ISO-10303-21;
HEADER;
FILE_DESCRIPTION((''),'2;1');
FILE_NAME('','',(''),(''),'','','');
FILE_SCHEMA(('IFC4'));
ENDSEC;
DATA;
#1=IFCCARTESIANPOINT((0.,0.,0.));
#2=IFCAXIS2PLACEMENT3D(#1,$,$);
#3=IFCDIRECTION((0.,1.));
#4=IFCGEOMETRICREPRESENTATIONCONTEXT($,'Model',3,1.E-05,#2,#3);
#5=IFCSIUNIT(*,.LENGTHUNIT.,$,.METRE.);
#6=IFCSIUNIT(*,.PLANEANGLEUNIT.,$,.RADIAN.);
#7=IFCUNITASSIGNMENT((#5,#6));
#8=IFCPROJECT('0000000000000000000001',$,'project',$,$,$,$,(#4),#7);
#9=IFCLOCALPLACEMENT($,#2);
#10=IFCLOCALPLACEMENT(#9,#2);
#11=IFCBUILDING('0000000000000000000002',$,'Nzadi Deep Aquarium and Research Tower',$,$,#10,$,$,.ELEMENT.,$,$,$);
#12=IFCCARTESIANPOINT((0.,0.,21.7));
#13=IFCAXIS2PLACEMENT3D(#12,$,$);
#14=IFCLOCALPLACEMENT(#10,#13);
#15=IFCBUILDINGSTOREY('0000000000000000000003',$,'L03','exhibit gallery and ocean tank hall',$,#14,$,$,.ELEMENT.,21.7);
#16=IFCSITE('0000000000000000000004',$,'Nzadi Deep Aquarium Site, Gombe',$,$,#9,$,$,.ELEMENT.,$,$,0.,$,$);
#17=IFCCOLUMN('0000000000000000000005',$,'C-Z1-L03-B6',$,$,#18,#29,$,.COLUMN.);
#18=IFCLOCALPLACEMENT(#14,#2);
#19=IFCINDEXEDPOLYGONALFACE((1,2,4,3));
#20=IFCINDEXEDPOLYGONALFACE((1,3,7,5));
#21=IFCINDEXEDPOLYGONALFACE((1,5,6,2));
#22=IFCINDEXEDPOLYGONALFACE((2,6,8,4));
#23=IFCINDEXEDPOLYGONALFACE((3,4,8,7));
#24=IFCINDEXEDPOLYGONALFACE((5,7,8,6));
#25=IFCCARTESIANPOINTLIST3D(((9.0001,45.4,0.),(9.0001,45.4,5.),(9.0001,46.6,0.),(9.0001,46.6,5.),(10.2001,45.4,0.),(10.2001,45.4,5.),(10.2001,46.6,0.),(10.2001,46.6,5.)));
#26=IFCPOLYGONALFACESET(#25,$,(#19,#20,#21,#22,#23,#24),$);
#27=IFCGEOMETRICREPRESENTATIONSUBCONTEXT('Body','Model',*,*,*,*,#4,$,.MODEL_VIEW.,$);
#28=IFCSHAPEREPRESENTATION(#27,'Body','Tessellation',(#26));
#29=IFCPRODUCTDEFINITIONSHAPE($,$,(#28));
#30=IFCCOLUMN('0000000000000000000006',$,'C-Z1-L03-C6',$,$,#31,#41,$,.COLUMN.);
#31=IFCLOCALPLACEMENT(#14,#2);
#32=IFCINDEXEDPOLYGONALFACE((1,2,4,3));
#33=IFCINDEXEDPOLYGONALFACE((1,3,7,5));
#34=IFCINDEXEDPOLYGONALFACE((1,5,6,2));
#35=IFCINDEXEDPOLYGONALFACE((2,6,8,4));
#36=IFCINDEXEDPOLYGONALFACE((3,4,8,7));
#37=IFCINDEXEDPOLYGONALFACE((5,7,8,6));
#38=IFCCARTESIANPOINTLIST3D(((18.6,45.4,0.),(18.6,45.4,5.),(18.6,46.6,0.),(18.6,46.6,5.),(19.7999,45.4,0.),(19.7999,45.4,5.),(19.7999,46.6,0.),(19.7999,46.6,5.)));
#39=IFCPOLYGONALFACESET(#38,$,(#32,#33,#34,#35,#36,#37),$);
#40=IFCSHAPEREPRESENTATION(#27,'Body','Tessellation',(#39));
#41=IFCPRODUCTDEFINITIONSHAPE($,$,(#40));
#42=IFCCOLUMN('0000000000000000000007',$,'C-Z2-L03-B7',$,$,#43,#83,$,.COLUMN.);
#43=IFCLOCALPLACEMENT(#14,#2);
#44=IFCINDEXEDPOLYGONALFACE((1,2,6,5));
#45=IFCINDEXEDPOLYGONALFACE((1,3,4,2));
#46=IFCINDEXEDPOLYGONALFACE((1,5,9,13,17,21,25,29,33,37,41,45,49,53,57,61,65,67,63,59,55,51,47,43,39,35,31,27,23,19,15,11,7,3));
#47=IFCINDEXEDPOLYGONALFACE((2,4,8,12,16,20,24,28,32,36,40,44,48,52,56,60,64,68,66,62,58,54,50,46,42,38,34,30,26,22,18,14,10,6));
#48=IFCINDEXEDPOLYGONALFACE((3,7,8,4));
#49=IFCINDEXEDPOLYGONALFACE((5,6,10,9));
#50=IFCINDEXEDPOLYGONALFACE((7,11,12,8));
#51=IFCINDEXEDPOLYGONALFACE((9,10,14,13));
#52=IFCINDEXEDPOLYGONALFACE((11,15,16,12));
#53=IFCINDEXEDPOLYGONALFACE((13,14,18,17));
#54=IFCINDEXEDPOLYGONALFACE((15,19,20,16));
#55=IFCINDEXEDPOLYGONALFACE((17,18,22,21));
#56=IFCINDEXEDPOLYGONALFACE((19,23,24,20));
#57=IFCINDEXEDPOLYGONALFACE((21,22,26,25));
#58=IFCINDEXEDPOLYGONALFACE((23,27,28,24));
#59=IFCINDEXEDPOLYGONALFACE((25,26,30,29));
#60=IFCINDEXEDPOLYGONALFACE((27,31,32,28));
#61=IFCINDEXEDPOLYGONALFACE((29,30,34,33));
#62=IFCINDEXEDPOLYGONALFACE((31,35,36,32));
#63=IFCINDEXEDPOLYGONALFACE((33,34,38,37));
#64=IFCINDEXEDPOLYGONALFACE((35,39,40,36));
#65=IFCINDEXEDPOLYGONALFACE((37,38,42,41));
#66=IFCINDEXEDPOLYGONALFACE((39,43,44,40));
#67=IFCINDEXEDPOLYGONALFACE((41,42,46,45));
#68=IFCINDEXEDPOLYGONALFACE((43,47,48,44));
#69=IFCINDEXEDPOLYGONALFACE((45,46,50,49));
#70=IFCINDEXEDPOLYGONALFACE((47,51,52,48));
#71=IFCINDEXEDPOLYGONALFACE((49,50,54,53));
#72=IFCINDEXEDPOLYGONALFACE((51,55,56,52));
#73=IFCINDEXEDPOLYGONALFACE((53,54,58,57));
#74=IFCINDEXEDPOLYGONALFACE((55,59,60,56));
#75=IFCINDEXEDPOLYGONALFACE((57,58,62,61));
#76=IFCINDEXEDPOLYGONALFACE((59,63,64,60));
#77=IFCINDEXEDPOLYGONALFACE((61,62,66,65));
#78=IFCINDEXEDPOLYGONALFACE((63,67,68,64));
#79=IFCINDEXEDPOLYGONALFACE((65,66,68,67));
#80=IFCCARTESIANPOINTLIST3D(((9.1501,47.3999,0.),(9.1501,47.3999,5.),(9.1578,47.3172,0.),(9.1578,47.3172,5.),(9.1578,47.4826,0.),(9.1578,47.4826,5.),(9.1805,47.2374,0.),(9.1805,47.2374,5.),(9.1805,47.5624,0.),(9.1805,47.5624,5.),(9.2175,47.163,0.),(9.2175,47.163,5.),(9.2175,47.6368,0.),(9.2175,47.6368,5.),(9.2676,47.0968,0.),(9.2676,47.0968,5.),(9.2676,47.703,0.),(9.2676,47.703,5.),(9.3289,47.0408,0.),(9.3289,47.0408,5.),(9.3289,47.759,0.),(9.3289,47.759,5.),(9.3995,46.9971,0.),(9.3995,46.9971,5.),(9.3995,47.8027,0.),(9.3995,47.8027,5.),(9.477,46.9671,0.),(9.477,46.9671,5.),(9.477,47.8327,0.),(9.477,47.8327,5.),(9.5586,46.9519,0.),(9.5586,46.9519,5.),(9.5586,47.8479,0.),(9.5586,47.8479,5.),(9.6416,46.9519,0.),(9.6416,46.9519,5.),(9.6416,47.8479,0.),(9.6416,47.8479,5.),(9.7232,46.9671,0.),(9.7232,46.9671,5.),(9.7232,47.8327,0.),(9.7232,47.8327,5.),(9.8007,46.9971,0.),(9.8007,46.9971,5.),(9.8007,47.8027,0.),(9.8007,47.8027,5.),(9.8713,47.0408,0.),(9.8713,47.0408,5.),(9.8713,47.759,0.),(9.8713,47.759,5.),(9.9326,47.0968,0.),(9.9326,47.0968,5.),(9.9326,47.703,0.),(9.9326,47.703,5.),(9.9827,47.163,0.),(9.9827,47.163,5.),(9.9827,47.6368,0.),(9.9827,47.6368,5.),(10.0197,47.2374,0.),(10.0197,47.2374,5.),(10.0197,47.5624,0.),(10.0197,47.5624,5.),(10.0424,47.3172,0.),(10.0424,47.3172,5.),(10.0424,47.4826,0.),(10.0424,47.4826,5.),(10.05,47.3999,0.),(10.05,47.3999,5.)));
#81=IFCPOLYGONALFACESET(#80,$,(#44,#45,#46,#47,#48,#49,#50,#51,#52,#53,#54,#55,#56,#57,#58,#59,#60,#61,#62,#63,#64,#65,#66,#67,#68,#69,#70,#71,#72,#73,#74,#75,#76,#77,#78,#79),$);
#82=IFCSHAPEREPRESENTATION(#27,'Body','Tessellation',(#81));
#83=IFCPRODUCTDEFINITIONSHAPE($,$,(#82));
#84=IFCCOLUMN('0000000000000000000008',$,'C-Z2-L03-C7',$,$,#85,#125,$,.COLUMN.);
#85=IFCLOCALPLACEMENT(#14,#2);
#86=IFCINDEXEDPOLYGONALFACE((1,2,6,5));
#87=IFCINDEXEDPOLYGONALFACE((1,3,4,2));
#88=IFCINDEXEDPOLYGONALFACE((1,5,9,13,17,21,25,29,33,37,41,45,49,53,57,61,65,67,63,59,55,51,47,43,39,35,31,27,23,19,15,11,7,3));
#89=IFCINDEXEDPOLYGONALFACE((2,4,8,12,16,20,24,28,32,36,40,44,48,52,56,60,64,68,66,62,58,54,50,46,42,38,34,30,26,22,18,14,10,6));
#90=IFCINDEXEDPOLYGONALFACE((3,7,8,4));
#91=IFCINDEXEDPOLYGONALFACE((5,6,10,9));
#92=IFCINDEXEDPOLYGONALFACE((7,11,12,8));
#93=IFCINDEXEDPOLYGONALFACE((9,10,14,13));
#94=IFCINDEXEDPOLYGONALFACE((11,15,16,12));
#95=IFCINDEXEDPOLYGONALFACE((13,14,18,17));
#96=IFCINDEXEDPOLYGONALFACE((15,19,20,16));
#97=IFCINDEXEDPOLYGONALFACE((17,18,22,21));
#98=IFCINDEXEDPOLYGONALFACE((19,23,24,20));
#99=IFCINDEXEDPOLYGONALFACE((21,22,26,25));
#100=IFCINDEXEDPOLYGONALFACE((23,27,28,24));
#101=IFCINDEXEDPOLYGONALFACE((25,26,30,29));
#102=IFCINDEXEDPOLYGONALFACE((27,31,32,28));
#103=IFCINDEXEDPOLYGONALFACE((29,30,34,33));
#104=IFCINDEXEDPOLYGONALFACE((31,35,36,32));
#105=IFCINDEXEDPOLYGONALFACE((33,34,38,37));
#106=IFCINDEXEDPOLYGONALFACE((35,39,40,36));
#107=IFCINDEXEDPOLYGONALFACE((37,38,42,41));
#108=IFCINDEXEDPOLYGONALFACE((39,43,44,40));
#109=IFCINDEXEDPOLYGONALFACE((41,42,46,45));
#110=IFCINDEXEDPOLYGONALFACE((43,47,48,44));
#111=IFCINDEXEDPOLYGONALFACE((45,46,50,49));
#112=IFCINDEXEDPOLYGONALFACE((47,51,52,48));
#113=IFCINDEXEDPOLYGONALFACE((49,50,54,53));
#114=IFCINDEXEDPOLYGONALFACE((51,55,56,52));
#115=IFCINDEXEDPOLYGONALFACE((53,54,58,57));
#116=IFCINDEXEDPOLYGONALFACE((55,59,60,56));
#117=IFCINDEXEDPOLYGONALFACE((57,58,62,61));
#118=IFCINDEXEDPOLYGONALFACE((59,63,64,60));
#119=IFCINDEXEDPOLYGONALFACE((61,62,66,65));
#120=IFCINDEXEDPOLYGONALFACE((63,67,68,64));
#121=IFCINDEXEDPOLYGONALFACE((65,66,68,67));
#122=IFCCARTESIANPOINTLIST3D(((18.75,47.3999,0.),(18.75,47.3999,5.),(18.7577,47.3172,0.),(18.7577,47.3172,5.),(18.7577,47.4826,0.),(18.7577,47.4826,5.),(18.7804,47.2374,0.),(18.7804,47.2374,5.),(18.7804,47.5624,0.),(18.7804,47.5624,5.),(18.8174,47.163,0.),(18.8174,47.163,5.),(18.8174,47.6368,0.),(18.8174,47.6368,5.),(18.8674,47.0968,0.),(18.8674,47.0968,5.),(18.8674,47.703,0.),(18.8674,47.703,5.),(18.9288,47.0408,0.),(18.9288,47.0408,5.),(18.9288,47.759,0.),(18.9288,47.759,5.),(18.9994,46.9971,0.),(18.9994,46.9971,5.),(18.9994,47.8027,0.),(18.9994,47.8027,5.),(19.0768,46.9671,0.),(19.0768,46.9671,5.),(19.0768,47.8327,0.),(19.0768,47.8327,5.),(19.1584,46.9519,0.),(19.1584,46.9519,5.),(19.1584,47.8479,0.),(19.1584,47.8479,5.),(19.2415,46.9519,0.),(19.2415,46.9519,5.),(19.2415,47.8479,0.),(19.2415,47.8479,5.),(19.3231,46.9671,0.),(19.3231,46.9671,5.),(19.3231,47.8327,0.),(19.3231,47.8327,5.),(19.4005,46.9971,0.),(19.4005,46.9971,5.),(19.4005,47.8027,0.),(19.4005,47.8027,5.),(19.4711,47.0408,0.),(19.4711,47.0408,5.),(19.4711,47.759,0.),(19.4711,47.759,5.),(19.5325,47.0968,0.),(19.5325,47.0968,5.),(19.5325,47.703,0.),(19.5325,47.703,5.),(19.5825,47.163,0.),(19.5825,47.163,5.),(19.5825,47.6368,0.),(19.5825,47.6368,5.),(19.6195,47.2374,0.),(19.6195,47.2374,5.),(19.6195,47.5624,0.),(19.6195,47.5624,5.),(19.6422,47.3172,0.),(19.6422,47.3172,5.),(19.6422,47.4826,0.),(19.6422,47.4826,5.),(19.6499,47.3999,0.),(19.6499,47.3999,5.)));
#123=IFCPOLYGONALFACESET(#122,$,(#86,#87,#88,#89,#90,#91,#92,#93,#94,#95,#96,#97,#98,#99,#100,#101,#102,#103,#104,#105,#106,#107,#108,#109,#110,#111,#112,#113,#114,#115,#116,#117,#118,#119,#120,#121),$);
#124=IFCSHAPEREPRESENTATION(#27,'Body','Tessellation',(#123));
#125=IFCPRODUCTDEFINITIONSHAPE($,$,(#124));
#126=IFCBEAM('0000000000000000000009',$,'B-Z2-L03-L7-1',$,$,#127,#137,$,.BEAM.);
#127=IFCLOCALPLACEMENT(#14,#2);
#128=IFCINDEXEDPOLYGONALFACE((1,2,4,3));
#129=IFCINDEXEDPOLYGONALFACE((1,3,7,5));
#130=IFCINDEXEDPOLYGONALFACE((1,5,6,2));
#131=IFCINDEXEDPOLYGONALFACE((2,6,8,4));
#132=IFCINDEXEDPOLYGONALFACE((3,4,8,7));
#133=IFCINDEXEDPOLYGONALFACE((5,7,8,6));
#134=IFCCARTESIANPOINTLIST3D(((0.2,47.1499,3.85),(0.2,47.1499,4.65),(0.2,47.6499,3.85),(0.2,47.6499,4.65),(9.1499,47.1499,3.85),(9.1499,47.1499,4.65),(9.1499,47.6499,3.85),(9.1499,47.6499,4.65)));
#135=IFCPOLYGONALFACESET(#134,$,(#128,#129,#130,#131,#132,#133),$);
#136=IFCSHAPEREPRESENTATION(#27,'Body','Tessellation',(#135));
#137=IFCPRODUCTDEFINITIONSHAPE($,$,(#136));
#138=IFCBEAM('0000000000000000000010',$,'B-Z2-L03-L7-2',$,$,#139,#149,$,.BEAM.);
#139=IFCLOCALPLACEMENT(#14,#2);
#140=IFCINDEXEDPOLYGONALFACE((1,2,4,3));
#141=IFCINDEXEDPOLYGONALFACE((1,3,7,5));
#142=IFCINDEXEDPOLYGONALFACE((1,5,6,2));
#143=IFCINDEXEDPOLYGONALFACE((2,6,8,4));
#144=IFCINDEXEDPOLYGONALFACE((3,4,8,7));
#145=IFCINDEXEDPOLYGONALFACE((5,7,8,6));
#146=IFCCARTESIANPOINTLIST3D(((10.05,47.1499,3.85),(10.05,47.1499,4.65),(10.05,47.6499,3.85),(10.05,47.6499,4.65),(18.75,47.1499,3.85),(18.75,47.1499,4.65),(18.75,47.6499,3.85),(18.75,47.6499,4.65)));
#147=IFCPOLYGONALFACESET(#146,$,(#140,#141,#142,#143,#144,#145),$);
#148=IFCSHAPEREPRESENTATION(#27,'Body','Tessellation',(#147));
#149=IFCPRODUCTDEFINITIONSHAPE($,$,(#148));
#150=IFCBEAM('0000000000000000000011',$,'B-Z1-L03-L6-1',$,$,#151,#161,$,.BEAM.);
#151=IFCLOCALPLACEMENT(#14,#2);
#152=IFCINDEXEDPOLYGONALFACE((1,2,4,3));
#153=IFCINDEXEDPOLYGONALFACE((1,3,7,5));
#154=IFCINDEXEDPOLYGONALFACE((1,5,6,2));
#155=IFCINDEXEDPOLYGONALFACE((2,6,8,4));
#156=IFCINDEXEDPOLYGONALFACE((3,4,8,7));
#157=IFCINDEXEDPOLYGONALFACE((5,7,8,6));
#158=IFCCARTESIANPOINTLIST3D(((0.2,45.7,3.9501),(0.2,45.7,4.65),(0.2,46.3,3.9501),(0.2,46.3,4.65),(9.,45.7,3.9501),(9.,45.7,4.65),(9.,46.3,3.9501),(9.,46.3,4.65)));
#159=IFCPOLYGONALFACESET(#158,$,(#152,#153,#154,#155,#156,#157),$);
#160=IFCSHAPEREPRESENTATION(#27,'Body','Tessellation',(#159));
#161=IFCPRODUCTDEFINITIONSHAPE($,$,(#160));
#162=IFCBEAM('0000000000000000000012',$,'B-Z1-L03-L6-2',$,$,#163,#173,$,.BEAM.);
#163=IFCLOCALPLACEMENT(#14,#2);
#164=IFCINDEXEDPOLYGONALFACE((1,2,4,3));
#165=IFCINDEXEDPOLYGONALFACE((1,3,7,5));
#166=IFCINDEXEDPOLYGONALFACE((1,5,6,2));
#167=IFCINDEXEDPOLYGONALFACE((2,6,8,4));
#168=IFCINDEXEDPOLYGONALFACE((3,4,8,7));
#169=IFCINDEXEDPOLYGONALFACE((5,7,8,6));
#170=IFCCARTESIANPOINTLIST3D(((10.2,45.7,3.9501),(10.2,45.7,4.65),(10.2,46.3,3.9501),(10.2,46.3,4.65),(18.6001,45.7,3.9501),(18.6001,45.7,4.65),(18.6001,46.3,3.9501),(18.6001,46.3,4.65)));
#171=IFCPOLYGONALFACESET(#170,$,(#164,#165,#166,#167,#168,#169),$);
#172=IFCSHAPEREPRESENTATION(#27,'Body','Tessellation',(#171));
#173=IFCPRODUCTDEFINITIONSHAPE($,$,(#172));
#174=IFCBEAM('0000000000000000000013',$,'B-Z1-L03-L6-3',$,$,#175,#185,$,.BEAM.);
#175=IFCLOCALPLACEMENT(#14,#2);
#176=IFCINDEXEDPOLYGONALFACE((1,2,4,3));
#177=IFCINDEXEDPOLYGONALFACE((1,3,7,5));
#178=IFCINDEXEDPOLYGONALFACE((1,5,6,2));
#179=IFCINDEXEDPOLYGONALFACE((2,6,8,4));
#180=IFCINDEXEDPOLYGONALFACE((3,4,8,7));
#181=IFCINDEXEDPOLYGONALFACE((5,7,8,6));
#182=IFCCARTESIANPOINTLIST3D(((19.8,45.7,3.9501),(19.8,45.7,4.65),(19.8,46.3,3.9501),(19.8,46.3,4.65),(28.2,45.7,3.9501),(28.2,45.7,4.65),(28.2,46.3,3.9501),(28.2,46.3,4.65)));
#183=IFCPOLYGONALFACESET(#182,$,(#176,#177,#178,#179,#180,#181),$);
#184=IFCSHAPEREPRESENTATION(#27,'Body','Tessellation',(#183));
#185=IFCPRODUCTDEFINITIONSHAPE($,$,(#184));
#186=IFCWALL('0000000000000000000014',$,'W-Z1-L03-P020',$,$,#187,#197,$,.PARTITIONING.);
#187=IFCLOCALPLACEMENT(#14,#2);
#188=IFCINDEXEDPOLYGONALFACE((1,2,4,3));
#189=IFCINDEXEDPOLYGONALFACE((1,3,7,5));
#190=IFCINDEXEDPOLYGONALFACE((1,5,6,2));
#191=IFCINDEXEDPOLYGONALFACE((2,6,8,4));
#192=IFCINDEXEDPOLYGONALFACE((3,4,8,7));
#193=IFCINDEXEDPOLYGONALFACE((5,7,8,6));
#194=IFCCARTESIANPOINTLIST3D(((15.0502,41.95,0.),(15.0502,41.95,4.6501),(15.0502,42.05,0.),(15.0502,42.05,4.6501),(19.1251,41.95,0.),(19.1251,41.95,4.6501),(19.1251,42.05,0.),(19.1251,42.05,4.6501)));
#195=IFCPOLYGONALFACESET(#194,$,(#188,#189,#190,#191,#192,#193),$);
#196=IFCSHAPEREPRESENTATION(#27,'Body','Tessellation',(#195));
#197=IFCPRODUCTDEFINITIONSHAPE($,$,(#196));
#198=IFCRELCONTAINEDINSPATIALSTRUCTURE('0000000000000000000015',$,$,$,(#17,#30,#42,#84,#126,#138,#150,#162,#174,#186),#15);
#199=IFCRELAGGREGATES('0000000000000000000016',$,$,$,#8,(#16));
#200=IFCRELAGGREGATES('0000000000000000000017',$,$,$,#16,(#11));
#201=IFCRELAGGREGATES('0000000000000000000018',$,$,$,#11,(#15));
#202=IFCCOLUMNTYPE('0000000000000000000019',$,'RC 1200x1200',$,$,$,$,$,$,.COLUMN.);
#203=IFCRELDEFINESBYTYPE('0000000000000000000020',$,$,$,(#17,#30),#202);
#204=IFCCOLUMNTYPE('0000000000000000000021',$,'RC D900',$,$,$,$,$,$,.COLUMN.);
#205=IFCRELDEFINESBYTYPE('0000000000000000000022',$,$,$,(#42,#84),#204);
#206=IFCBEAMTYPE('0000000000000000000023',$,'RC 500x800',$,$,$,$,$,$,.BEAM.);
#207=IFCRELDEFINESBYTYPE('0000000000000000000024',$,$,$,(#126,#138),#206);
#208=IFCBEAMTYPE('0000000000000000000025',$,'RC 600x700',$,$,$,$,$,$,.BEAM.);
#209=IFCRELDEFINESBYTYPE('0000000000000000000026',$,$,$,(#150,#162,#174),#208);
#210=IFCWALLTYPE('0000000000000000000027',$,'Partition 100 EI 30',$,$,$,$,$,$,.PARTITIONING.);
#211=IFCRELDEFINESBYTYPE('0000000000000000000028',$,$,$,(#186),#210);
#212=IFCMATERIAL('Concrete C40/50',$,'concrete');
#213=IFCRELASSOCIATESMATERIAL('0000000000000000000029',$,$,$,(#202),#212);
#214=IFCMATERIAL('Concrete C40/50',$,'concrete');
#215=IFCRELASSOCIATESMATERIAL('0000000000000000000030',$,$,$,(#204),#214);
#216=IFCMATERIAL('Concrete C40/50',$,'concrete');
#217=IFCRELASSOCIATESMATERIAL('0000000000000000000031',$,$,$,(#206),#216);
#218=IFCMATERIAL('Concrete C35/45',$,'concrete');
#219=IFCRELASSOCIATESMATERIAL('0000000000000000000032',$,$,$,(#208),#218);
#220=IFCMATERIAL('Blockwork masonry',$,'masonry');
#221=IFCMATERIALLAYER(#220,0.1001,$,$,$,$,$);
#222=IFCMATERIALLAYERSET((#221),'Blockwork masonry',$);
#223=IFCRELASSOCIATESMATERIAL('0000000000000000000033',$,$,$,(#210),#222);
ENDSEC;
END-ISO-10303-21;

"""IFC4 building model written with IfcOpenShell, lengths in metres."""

from ifc_helpers import new_model, si_unit, direction, frame, frame_2d, origin, origin_2d, place, context, subcontext, project, spatial, rectangle, circle, extrude, material, layer, layer_set, material_profile, profile_set, type_object, element, save


model = new_model("IFC4")

# Units and contexts
model_context = context("Model", 3, precision=1e-05, world=origin(), true_north=direction((0.0, 1.0)))
body_context = subcontext(model_context, "Body", "Model", "MODEL_VIEW")
ifc_project = project(units=[si_unit("LENGTHUNIT", "METRE"), si_unit("PLANEANGLEUNIT", "RADIAN")], contexts=[model_context])

# Site, building, storey
site_placement = place(None, origin())
site = spatial("IfcSite", under=ifc_project, at=site_placement, Name="Nzadi Deep Aquarium Site, Gombe", CompositionType="ELEMENT", RefElevation=0.0)
building_placement = place(site_placement, origin())
building = spatial("IfcBuilding", under=site, at=building_placement, Name="Nzadi Deep Aquarium and Research Tower", CompositionType="ELEMENT")
storey_placement = place(building_placement, frame((0.0, 0.0, 21.7)))
storey = spatial("IfcBuildingStorey", under=building, at=storey_placement, Name="L03", Description="exhibit gallery and ocean tank hall", CompositionType="ELEMENT", Elevation=21.7)

# Columns
ifc_material_1 = material(Name="Concrete C40/50", Category="concrete")
ifc_material_profile_1 = material_profile(ifc_material_1, rectangle(XDim=1.2, YDim=1.2, at=origin_2d()))
ifc_profile_set_1 = profile_set([ifc_material_profile_1], Name="Concrete C40/50")
column_type_1 = type_object("IfcColumnType", Name="RC 1200x1200", PredefinedType="COLUMN", material=ifc_profile_set_1)
for number, where, z_axis, x_axis, name in (
    (1, (9.6001, 46.0, 0.0), (0.0, 0.0, 1.0), (1.0, 0.0, 0.0), "C-Z1-L03-B6"),
    (2, (19.2, 46.0, 0.0), (0.0, 0.0, 1.0), (1.0, 0.0, 0.0), "C-Z1-L03-C6"),
):
    element("IfcColumn", number, at=place(storey_placement, frame(where, z_axis=z_axis, x_axis=x_axis)), inside=storey, type_object=column_type_1, Name=name, PredefinedType="COLUMN", context=body_context, shape_type="SweptSolid", body=[
        extrude(rectangle(XDim=1.2, YDim=1.2, at=origin_2d()), origin(), (0.0, 0.0, 1.0), 5.0),
    ])
ifc_material_2 = material(Name="Concrete C40/50", Category="concrete")
ifc_material_profile_2 = material_profile(ifc_material_2, circle(Radius=0.45, at=origin_2d()))
ifc_profile_set_2 = profile_set([ifc_material_profile_2], Name="Concrete C40/50")
column_type_2 = type_object("IfcColumnType", Name="RC D900", PredefinedType="COLUMN", material=ifc_profile_set_2)
for number, where, z_axis, x_axis, name in (
    (3, (9.6001, 47.3999, 0.0), (0.0, 0.0, 1.0), (1.0, 0.0, 0.0), "C-Z2-L03-B7"),
    (4, (19.2, 47.3999, 0.0), (0.0, 0.0, 1.0), (1.0, 0.0, 0.0), "C-Z2-L03-C7"),
):
    element("IfcColumn", number, at=place(storey_placement, frame(where, z_axis=z_axis, x_axis=x_axis)), inside=storey, type_object=column_type_2, Name=name, PredefinedType="COLUMN", context=body_context, shape_type="SweptSolid", body=[
        extrude(circle(Radius=0.45, at=origin_2d()), origin(), (0.0, 0.0, 1.0), 5.0),
    ])

# Beams
ifc_material_3 = material(Name="Concrete C40/50", Category="concrete")
ifc_material_profile_3 = material_profile(ifc_material_3, rectangle(XDim=0.5, YDim=0.8, at=origin_2d()))
ifc_profile_set_3 = profile_set([ifc_material_profile_3], Name="Concrete C40/50")
beam_type_1 = type_object("IfcBeamType", Name="RC 500x800", PredefinedType="BEAM", material=ifc_profile_set_3)
beam_1_placement = place(storey_placement, frame((0.2, 47.3999, 4.25), z_axis=(1.0, 0.0, 0.0), x_axis=(0.0, 1.0, 0.0)))
element("IfcBeam", 5, at=beam_1_placement, inside=storey, type_object=beam_type_1, Name="B-Z2-L03-L7-1", PredefinedType="BEAM", context=body_context, shape_type="SweptSolid", body=[
    extrude(rectangle(XDim=0.5, YDim=0.8, at=origin_2d()), origin(), (0.0, 0.0, 1.0), 8.95),
])
beam_2_placement = place(storey_placement, frame((10.05, 47.3999, 4.25), z_axis=(1.0, 0.0, 0.0), x_axis=(0.0, 1.0, 0.0)))
element("IfcBeam", 6, at=beam_2_placement, inside=storey, type_object=beam_type_1, Name="B-Z2-L03-L7-2", PredefinedType="BEAM", context=body_context, shape_type="SweptSolid", body=[
    extrude(rectangle(XDim=0.5, YDim=0.8, at=origin_2d()), origin(), (0.0, 0.0, 1.0), 8.7),
])
ifc_material_4 = material(Name="Concrete C35/45", Category="concrete")
ifc_material_profile_4 = material_profile(ifc_material_4, rectangle(XDim=0.6001, YDim=0.7, at=origin_2d()))
ifc_profile_set_4 = profile_set([ifc_material_profile_4], Name="Concrete C35/45")
beam_type_2 = type_object("IfcBeamType", Name="RC 600x700", PredefinedType="BEAM", material=ifc_profile_set_4)
beam_3_placement = place(storey_placement, frame((0.2, 46.0, 4.3), z_axis=(1.0, 0.0, 0.0), x_axis=(0.0, 1.0, 0.0)))
element("IfcBeam", 7, at=beam_3_placement, inside=storey, type_object=beam_type_2, Name="B-Z1-L03-L6-1", PredefinedType="BEAM", context=body_context, shape_type="SweptSolid", body=[
    extrude(rectangle(XDim=0.6001, YDim=0.7, at=origin_2d()), origin(), (0.0, 0.0, 1.0), 8.8),
])
beam_4_placement = place(storey_placement, frame((10.2, 46.0, 4.3), z_axis=(1.0, 0.0, 0.0), x_axis=(0.0, 1.0, 0.0)))
element("IfcBeam", 8, at=beam_4_placement, inside=storey, type_object=beam_type_2, Name="B-Z1-L03-L6-2", PredefinedType="BEAM", context=body_context, shape_type="SweptSolid", body=[
    extrude(rectangle(XDim=0.6001, YDim=0.7, at=origin_2d()), origin(), (0.0, 0.0, 1.0), 8.4001),
])
beam_5_placement = place(storey_placement, frame((19.8, 46.0, 4.3), z_axis=(1.0, 0.0, 0.0), x_axis=(0.0, 1.0, 0.0)))
element("IfcBeam", 9, at=beam_5_placement, inside=storey, type_object=beam_type_2, Name="B-Z1-L03-L6-3", PredefinedType="BEAM", context=body_context, shape_type="SweptSolid", body=[
    extrude(rectangle(XDim=0.6001, YDim=0.7, at=origin_2d()), origin(), (0.0, 0.0, 1.0), 8.3999),
])

# Wall
ifc_material_5 = material(Name="Blockwork masonry", Category="masonry")
ifc_layer_1 = layer(ifc_material_5, 0.1001)
ifc_layer_set_1 = layer_set([ifc_layer_1], Name="Blockwork masonry")
wall_type_1 = type_object("IfcWallType", Name="Partition 100 EI 30", PredefinedType="PARTITIONING", material=ifc_layer_set_1)
wall_1_placement = place(storey_placement, frame((15.05, 42.0, 0.0), z_axis=(0.0, 0.0, 1.0), x_axis=(1.0, 0.0, 0.0)))
element("IfcWall", 10, at=wall_1_placement, inside=storey, type_object=wall_type_1, Name="W-Z1-L03-P020", PredefinedType="PARTITIONING", context=body_context, shape_type="SweptSolid", body=[
    extrude(rectangle(XDim=4.075, YDim=0.1001, at=frame_2d((2.0376, 0.0))), origin(), (0.0, 0.0, 1.0), 4.6501),
])

save(model, "model.ifc")
